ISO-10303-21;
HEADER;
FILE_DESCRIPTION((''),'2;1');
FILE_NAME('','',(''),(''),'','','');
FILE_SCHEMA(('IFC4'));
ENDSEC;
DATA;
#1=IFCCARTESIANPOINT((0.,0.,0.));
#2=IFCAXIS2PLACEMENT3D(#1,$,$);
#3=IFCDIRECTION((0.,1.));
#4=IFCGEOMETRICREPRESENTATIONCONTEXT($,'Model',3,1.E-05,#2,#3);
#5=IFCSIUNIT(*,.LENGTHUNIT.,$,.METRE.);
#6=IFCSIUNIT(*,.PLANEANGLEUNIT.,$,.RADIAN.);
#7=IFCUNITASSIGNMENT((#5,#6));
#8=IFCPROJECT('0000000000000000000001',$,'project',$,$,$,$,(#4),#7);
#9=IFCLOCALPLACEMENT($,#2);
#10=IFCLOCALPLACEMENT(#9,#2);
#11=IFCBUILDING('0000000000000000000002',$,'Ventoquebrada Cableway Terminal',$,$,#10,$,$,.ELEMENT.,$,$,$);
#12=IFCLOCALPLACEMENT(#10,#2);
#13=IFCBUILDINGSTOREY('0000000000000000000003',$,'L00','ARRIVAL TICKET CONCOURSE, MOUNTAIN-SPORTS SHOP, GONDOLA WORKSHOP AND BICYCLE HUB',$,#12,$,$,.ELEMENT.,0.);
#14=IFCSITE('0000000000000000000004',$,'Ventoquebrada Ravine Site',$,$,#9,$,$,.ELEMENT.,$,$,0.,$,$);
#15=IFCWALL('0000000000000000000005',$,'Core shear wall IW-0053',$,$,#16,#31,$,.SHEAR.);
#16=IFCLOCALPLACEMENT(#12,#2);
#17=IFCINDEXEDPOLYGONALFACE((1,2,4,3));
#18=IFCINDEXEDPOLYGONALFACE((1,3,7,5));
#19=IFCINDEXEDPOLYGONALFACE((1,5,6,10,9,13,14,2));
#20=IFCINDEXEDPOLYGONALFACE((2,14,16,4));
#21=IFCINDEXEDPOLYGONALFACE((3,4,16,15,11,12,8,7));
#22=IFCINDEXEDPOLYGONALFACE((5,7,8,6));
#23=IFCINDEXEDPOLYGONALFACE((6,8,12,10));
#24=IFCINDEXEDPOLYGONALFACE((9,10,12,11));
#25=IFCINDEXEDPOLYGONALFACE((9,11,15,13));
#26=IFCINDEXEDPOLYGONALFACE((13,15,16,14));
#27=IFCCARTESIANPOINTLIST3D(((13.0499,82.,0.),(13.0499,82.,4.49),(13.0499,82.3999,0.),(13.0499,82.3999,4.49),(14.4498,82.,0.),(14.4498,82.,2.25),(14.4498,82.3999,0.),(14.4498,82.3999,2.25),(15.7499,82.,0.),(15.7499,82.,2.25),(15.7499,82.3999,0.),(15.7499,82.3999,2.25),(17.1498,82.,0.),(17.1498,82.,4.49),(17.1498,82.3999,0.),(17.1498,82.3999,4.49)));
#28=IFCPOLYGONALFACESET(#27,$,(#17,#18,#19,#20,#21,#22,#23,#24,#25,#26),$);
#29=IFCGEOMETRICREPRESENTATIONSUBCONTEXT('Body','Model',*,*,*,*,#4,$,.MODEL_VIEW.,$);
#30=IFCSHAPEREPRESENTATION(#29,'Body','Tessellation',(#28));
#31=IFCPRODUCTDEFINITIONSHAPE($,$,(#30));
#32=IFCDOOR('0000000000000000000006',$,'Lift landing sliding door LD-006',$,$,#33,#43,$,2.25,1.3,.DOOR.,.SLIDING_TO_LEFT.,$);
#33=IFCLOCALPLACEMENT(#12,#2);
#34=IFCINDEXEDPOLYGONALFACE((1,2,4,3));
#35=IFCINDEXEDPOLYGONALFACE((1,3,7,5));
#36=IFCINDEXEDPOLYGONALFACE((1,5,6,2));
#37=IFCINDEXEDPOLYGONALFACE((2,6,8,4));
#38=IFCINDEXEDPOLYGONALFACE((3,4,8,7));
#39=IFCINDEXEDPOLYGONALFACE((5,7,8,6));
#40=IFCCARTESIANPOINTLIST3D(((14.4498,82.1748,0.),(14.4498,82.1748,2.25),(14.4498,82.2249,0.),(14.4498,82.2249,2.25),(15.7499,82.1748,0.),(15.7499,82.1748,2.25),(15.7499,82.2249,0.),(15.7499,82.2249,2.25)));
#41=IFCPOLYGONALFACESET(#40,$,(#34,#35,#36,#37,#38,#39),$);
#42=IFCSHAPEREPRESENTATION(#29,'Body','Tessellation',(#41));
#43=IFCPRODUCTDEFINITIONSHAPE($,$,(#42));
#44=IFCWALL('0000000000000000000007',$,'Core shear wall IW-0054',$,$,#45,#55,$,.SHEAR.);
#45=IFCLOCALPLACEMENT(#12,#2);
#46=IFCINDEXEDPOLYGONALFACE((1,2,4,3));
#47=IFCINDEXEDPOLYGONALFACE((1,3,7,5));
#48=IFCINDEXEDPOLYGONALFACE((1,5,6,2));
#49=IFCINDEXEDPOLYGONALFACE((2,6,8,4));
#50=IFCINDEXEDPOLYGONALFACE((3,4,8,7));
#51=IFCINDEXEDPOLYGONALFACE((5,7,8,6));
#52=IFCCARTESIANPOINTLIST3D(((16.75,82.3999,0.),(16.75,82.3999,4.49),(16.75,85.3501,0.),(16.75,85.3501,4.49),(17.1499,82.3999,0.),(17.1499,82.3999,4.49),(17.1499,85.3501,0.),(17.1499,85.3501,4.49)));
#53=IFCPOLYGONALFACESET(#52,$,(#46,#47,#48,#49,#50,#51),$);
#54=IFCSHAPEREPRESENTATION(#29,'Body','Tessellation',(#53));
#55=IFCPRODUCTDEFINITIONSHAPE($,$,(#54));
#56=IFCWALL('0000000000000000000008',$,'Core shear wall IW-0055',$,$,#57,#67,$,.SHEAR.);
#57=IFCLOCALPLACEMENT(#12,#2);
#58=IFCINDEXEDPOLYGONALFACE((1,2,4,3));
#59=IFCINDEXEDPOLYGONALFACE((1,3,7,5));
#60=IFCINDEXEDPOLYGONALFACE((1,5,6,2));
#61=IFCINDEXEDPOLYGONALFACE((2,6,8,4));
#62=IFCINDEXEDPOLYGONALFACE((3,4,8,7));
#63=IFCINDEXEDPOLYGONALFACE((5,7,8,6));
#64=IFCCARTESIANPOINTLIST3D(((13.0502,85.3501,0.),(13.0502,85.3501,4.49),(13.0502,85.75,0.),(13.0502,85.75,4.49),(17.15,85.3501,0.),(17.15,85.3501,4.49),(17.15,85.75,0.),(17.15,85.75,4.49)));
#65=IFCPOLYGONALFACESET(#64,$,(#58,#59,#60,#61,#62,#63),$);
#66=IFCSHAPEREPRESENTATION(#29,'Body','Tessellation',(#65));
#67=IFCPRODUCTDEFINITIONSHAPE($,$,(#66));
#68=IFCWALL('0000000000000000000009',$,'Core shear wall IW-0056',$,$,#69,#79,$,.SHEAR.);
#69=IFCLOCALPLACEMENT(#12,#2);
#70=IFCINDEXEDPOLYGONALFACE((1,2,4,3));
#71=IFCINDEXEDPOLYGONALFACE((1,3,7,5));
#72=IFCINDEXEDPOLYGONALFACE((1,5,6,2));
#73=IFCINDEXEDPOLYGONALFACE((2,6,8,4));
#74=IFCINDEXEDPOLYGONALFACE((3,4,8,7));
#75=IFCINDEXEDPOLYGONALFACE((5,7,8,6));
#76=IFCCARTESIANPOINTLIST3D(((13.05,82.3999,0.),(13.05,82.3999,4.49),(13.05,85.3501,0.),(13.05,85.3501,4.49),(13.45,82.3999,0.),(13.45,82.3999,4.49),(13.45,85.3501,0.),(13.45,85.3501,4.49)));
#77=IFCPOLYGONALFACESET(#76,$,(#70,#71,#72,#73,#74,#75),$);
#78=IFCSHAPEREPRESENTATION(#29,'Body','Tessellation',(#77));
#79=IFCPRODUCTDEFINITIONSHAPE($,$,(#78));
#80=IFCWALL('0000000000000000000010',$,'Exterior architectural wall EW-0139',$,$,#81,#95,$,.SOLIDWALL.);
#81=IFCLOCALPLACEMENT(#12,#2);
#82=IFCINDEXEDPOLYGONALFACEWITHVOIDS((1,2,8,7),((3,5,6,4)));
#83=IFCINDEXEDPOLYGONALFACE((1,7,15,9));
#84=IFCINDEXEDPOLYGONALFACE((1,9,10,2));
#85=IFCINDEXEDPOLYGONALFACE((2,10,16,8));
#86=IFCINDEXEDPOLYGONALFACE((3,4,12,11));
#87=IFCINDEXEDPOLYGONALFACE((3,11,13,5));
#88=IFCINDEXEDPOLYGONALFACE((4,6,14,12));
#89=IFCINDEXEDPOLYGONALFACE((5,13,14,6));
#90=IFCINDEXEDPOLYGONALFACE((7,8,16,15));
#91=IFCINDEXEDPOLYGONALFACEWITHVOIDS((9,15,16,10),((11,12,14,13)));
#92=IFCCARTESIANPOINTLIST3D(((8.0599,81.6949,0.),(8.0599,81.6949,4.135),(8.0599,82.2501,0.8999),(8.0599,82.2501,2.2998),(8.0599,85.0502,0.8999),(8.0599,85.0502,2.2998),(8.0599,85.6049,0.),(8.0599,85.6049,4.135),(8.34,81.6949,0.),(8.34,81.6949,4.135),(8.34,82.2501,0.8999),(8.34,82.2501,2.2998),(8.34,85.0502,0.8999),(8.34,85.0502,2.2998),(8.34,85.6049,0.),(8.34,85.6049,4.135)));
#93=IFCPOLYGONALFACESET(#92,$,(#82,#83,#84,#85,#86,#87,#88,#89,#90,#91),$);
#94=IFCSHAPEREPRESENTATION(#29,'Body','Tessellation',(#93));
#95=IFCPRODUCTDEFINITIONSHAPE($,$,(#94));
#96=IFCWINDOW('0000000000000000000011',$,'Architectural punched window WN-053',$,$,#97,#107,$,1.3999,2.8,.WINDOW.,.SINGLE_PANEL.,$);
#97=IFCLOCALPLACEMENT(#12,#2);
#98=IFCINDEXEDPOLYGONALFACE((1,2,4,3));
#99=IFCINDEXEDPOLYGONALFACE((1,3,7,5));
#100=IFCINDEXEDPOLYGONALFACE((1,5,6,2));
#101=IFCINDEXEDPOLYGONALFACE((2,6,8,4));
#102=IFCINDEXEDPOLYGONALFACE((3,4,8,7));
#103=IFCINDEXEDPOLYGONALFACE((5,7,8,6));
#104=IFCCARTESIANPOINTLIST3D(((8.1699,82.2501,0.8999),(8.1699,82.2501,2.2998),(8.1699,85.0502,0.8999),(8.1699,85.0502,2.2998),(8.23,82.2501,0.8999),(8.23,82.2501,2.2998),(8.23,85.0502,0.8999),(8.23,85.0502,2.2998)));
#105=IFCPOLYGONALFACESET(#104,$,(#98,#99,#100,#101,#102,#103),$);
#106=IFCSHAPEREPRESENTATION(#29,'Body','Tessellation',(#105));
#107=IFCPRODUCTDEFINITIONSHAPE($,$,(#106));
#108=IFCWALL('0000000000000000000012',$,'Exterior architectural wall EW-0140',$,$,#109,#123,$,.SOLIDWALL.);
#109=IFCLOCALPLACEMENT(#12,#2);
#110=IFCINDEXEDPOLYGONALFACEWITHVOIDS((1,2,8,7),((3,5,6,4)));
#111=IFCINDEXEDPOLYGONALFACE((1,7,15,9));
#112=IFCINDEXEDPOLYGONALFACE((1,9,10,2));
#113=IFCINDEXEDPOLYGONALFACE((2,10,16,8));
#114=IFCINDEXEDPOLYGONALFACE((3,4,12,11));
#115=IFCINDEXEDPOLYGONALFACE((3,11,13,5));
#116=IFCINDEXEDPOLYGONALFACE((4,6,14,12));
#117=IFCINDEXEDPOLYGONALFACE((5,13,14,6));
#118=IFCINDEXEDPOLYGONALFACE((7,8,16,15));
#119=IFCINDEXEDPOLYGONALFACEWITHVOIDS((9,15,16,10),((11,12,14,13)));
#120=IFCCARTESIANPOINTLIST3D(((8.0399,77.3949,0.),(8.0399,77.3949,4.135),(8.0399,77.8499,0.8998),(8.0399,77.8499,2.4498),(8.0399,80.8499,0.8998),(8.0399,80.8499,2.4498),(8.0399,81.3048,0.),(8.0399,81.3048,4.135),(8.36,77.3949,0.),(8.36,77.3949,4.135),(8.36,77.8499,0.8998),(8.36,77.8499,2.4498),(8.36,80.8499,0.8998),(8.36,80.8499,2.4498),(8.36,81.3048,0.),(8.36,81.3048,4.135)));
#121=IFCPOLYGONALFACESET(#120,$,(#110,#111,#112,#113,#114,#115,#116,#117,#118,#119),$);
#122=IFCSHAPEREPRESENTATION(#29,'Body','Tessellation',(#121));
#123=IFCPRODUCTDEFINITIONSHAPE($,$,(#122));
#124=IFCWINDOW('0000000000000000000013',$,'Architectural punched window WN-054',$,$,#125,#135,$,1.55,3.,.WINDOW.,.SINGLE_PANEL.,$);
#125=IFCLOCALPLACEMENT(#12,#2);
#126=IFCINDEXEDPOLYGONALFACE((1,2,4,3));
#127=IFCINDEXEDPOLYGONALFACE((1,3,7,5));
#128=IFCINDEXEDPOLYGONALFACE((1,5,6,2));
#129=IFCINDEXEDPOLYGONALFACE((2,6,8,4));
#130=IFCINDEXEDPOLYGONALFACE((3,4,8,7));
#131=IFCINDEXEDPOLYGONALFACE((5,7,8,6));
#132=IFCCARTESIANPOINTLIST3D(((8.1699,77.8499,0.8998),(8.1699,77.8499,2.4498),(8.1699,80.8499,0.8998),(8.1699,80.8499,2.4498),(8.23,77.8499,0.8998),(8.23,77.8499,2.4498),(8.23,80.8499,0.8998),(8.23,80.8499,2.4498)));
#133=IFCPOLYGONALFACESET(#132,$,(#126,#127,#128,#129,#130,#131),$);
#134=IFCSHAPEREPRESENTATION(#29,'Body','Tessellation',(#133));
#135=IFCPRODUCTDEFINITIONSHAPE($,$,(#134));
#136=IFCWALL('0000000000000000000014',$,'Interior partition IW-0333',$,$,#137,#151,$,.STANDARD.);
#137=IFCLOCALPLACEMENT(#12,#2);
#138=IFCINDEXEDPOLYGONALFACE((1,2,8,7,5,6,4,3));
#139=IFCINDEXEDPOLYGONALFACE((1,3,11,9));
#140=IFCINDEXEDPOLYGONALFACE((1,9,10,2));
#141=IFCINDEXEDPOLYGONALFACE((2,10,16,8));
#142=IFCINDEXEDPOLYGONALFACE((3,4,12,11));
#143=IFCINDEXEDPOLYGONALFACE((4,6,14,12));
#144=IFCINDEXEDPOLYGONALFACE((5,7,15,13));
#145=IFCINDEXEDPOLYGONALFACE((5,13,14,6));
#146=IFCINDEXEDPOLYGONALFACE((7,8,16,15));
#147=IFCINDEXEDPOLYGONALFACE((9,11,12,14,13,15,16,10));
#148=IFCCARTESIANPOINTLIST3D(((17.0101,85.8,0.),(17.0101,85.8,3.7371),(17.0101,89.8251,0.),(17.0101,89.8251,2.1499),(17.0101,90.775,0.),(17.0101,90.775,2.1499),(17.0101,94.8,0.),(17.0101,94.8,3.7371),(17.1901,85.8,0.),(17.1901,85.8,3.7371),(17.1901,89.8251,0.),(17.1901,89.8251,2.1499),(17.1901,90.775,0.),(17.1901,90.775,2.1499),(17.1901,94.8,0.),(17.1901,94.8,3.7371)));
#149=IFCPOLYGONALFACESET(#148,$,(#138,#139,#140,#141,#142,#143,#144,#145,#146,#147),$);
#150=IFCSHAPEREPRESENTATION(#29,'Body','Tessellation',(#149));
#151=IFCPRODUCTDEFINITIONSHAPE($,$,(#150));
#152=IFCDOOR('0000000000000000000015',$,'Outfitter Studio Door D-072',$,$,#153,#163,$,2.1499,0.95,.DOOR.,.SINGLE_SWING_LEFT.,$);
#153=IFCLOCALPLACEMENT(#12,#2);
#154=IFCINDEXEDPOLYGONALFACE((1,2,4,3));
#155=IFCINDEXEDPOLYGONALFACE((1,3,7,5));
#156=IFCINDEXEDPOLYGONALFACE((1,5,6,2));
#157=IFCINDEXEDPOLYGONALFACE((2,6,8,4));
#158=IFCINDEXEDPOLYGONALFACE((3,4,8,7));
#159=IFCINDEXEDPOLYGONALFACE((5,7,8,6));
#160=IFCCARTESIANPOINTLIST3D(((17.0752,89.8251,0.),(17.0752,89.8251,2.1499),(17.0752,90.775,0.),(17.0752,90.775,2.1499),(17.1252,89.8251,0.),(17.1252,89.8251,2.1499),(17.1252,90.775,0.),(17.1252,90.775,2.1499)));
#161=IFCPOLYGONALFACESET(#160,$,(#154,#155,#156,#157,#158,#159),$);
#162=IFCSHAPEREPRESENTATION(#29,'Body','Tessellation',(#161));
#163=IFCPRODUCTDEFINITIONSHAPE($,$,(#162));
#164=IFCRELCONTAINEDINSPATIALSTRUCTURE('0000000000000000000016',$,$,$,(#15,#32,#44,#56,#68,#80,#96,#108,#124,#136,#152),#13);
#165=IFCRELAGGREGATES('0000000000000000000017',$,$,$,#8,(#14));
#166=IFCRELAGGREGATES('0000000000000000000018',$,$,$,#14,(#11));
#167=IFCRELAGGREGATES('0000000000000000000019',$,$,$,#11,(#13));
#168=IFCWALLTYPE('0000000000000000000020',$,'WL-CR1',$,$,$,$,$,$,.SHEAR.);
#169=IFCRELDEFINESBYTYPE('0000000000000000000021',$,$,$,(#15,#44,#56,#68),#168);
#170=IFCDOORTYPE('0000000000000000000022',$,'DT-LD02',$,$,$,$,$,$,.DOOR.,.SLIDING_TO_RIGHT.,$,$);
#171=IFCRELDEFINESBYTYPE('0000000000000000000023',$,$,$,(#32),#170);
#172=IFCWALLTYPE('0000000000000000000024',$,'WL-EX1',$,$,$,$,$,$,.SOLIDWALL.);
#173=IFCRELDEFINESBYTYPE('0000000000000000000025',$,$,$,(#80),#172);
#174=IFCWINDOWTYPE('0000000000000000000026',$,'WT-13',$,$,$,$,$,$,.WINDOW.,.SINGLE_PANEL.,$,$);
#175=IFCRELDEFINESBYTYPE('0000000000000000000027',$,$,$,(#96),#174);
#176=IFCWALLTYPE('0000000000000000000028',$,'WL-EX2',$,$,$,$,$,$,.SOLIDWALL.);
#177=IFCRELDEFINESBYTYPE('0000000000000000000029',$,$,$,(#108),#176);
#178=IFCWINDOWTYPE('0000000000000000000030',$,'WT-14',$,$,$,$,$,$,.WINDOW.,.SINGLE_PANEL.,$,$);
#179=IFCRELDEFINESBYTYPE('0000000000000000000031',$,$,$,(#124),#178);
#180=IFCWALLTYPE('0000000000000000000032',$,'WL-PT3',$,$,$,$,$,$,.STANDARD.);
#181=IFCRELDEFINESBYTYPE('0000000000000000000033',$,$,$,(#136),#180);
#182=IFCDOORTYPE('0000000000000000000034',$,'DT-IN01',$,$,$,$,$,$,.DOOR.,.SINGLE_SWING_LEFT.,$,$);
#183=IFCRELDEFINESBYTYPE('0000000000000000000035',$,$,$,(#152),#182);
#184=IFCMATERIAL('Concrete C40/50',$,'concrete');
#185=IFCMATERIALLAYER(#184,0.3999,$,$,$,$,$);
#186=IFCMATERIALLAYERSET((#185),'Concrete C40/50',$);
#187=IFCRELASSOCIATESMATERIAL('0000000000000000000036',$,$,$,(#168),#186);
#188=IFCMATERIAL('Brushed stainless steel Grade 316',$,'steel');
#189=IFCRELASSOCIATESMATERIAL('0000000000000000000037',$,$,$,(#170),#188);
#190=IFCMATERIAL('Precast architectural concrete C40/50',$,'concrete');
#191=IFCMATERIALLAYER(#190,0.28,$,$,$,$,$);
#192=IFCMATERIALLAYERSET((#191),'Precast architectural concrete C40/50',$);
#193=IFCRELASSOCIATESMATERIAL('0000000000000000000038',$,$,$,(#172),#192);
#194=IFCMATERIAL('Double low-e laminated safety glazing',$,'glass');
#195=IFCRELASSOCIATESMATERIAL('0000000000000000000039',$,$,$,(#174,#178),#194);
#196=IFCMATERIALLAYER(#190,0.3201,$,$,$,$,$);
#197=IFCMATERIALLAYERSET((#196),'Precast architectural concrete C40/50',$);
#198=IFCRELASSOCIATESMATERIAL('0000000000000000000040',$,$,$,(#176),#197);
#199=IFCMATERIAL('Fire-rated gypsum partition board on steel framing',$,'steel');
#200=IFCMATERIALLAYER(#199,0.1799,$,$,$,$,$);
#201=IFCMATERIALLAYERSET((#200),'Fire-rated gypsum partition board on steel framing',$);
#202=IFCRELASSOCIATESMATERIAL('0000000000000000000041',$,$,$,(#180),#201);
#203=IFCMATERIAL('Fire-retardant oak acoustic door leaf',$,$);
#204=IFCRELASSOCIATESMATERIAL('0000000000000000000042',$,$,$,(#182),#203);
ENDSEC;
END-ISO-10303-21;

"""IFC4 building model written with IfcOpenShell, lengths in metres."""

from ifc_helpers import new_model, si_unit, direction, frame, frame_2d, origin, place, context, subcontext, project, spatial, rectangle, extrude, material, layer, layer_set, type_object, element, fill, save


model = new_model("IFC4")

# Units and contexts
model_context = context("Model", 3, precision=1e-05, world=origin(), true_north=direction((0.0, 1.0)))
body_context = subcontext(model_context, "Body", "Model", "MODEL_VIEW")
ifc_project = project(units=[si_unit("LENGTHUNIT", "METRE"), si_unit("PLANEANGLEUNIT", "RADIAN")], contexts=[model_context])

# Site, building, storey
site_placement = place(None, origin())
site = spatial("IfcSite", under=ifc_project, at=site_placement, Name="Ventoquebrada Ravine Site", CompositionType="ELEMENT", RefElevation=0.0)
building_placement = place(site_placement, origin())
building = spatial("IfcBuilding", under=site, at=building_placement, Name="Ventoquebrada Cableway Terminal", CompositionType="ELEMENT")
storey_placement = place(building_placement, origin())
storey = spatial("IfcBuildingStorey", under=building, at=storey_placement, Name="L00", Description="ARRIVAL TICKET CONCOURSE, MOUNTAIN-SPORTS SHOP, GONDOLA WORKSHOP AND BICYCLE HUB", CompositionType="ELEMENT", Elevation=0.0)

# Shared definitions
ifc_material_1 = material(Name="Concrete C40/50", Category="concrete")

# Shared definitions
ifc_layer_1 = layer(ifc_material_1, 0.3999)
ifc_layer_set_1 = layer_set([ifc_layer_1], Name="Concrete C40/50")
wall_type_1 = type_object("IfcWallType", Name="WL-CR1", PredefinedType="SHEAR", material=ifc_layer_set_1)

# Wall, opening, door
wall_1_placement = place(storey_placement, frame((13.05, 82.2, 0.0), z_axis=(0.0, 0.0, 1.0), x_axis=(1.0, 0.0, 0.0)))
wall_1 = element("IfcWall", 1, at=wall_1_placement, inside=storey, type_object=wall_type_1, Name="Core shear wall IW-0053", PredefinedType="SHEAR", context=body_context, shape_type="SweptSolid", body=[
    extrude(rectangle(XDim=4.0999, YDim=0.3999, at=frame_2d((2.0498, 0.0))), origin(), (0.0, 0.0, 1.0), 4.49),
])
opening_1_placement = place(wall_1_placement, frame((1.3999, 0.0, 0.0)))
opening_1 = element("IfcOpeningElement", 2, at=opening_1_placement, cuts=wall_1, PredefinedType="OPENING", context=body_context, shape_type="SweptSolid", body=[
    extrude(rectangle(XDim=1.3, YDim=2.25, at=frame_2d((0.6499, 1.125))), frame((0.0, 0.21, 0.0), z_axis=(0.0, -1.0, 0.0), x_axis=(1.0, 0.0, 0.0)), (0.0, 0.0, 1.0), 0.4199),
])
ifc_material_2 = material(Name="Brushed stainless steel Grade 316", Category="steel")
door_type_1 = type_object("IfcDoorType", Name="DT-LD02", OperationType="SLIDING_TO_RIGHT", PredefinedType="DOOR", material=ifc_material_2)
door_1_placement = place(opening_1_placement, origin())
door_1 = element("IfcDoor", 3, at=door_1_placement, inside=storey, type_object=door_type_1, Name="Lift landing sliding door LD-006", OperationType="SLIDING_TO_LEFT", OverallHeight=2.25, OverallWidth=1.3, PredefinedType="DOOR", context=body_context, shape_type="SweptSolid", body=[
    extrude(rectangle(XDim=1.3, YDim=2.25, at=frame_2d((0.6499, 1.125))), frame((0.0, 0.0249, 0.0), z_axis=(0.0, -1.0, 0.0), x_axis=(1.0, 0.0, 0.0)), (0.0, 0.0, 1.0), 0.05),
])
fill(opening_1, door_1)

# Walls
wall_2_placement = place(storey_placement, frame((16.95, 82.3999, 0.0), z_axis=(0.0, 0.0, 1.0), x_axis=(0.0, 1.0, 0.0)))
element("IfcWall", 4, at=wall_2_placement, inside=storey, type_object=wall_type_1, Name="Core shear wall IW-0054", PredefinedType="SHEAR", context=body_context, shape_type="SweptSolid", body=[
    extrude(rectangle(XDim=2.9502, YDim=0.3999, at=frame_2d((1.4751, 0.0))), origin(), (0.0, 0.0, 1.0), 4.49),
])
wall_3_placement = place(storey_placement, frame((17.1499, 85.55, 0.0), z_axis=(0.0, 0.0, 1.0), x_axis=(-1.0, 0.0, 0.0)))
element("IfcWall", 5, at=wall_3_placement, inside=storey, type_object=wall_type_1, Name="Core shear wall IW-0055", PredefinedType="SHEAR", context=body_context, shape_type="SweptSolid", body=[
    extrude(rectangle(XDim=4.0999, YDim=0.3999, at=frame_2d((2.0498, 0.0))), origin(), (0.0, 0.0, 1.0), 4.49),
])
wall_4_placement = place(storey_placement, frame((13.25, 85.3501, 0.0), z_axis=(0.0, 0.0, 1.0), x_axis=(0.0, -1.0, 0.0)))
element("IfcWall", 6, at=wall_4_placement, inside=storey, type_object=wall_type_1, Name="Core shear wall IW-0056", PredefinedType="SHEAR", context=body_context, shape_type="SweptSolid", body=[
    extrude(rectangle(XDim=2.9502, YDim=0.3999, at=frame_2d((1.4751, 0.0))), origin(), (0.0, 0.0, 1.0), 4.49),
])

# Walls, openings, windows
ifc_material_3 = material(Name="Precast architectural concrete C40/50", Category="concrete")
ifc_layer_2 = layer(ifc_material_3, 0.28)
ifc_layer_set_2 = layer_set([ifc_layer_2], Name="Precast architectural concrete C40/50")
wall_type_2 = type_object("IfcWallType", Name="WL-EX1", PredefinedType="SOLIDWALL", material=ifc_layer_set_2)
wall_5_placement = place(storey_placement, frame((8.2, 85.605, 0.0), z_axis=(0.0, 0.0, 1.0), x_axis=(0.0, -1.0, 0.0)))
wall_5 = element("IfcWall", 7, at=wall_5_placement, inside=storey, type_object=wall_type_2, Name="Exterior architectural wall EW-0139", PredefinedType="SOLIDWALL", context=body_context, shape_type="SweptSolid", body=[
    extrude(rectangle(XDim=3.9099, YDim=0.28, at=frame_2d((1.9551, 0.0))), origin(), (0.0, 0.0, 1.0), 4.135),
])
opening_2_placement = place(wall_5_placement, frame((0.5549, 0.0, 0.8999)))
opening_2 = element("IfcOpeningElement", 8, at=opening_2_placement, cuts=wall_5, PredefinedType="OPENING", context=body_context, shape_type="SweptSolid", body=[
    extrude(rectangle(XDim=2.8, YDim=1.3999, at=frame_2d((1.3999, 0.7))), frame((0.0, 0.1499, 0.0), z_axis=(0.0, -1.0, 0.0), x_axis=(1.0, 0.0, 0.0)), (0.0, 0.0, 1.0), 0.3),
])
ifc_material_4 = material(Name="Double low-e laminated safety glazing", Category="glass")
window_type_1 = type_object("IfcWindowType", Name="WT-13", PartitioningType="SINGLE_PANEL", PredefinedType="WINDOW", material=ifc_material_4)
window_1_placement = place(opening_2_placement, origin())
window_1 = element("IfcWindow", 9, at=window_1_placement, inside=storey, type_object=window_type_1, Name="Architectural punched window WN-053", OverallHeight=1.3999, OverallWidth=2.8, PartitioningType="SINGLE_PANEL", PredefinedType="WINDOW", context=body_context, shape_type="SweptSolid", body=[
    extrude(rectangle(XDim=2.8, YDim=1.3999, at=frame_2d((1.3999, 0.7))), frame((0.0, 0.03, 0.0), z_axis=(0.0, -1.0, 0.0), x_axis=(1.0, 0.0, 0.0)), (0.0, 0.0, 1.0), 0.0601),
])
fill(opening_2, window_1)
ifc_layer_3 = layer(ifc_material_3, 0.3201)
ifc_layer_set_3 = layer_set([ifc_layer_3], Name="Precast architectural concrete C40/50")
wall_type_3 = type_object("IfcWallType", Name="WL-EX2", PredefinedType="SOLIDWALL", material=ifc_layer_set_3)
wall_6_placement = place(storey_placement, frame((8.2, 81.3049, 0.0), z_axis=(0.0, 0.0, 1.0), x_axis=(0.0, -1.0, 0.0)))
wall_6 = element("IfcWall", 10, at=wall_6_placement, inside=storey, type_object=wall_type_3, Name="Exterior architectural wall EW-0140", PredefinedType="SOLIDWALL", context=body_context, shape_type="SweptSolid", body=[
    extrude(rectangle(XDim=3.9099, YDim=0.3201, at=frame_2d((1.9551, 0.0))), origin(), (0.0, 0.0, 1.0), 4.135),
])
opening_3_placement = place(wall_6_placement, frame((0.4551, 0.0, 0.8999)))
opening_3 = element("IfcOpeningElement", 11, at=opening_3_placement, cuts=wall_6, PredefinedType="OPENING", context=body_context, shape_type="SweptSolid", body=[
    extrude(rectangle(XDim=3.0, YDim=1.55, at=frame_2d((1.5, 0.7749))), frame((0.0, 0.1699, 0.0), z_axis=(0.0, -1.0, 0.0), x_axis=(1.0, 0.0, 0.0)), (0.0, 0.0, 1.0), 0.3401),
])
window_type_2 = type_object("IfcWindowType", Name="WT-14", PartitioningType="SINGLE_PANEL", PredefinedType="WINDOW", material=ifc_material_4)
window_2_placement = place(opening_3_placement, origin())
window_2 = element("IfcWindow", 12, at=window_2_placement, inside=storey, type_object=window_type_2, Name="Architectural punched window WN-054", OverallHeight=1.55, OverallWidth=3.0, PartitioningType="SINGLE_PANEL", PredefinedType="WINDOW", context=body_context, shape_type="SweptSolid", body=[
    extrude(rectangle(XDim=3.0, YDim=1.55, at=frame_2d((1.5, 0.7749))), frame((0.0, 0.03, 0.0), z_axis=(0.0, -1.0, 0.0), x_axis=(1.0, 0.0, 0.0)), (0.0, 0.0, 1.0), 0.0601),
])
fill(opening_3, window_2)

# Wall, opening, door
ifc_material_5 = material(Name="Fire-rated gypsum partition board on steel framing", Category="steel")
ifc_layer_4 = layer(ifc_material_5, 0.1799)
ifc_layer_set_4 = layer_set([ifc_layer_4], Name="Fire-rated gypsum partition board on steel framing")
wall_type_4 = type_object("IfcWallType", Name="WL-PT3", PredefinedType="STANDARD", material=ifc_layer_set_4)
wall_7_placement = place(storey_placement, frame((17.1001, 85.8, 0.0), z_axis=(0.0, 0.0, 1.0), x_axis=(0.0, 1.0, 0.0)))
wall_7 = element("IfcWall", 13, at=wall_7_placement, inside=storey, type_object=wall_type_4, Name="Interior partition IW-0333", PredefinedType="STANDARD", context=body_context, shape_type="SweptSolid", body=[
    extrude(rectangle(XDim=9.0, YDim=0.1799, at=frame_2d((4.5, 0.0))), origin(), (0.0, 0.0, 1.0), 3.7371),
])
opening_4_placement = place(wall_7_placement, frame((4.0249, 0.0, 0.0)))
opening_4 = element("IfcOpeningElement", 14, at=opening_4_placement, cuts=wall_7, PredefinedType="OPENING", context=body_context, shape_type="SweptSolid", body=[
    extrude(rectangle(XDim=0.95, YDim=2.1499, at=frame_2d((0.4751, 1.075))), frame((0.0, 0.0999, 0.0), z_axis=(0.0, -1.0, 0.0), x_axis=(1.0, 0.0, 0.0)), (0.0, 0.0, 1.0), 0.2),
])
ifc_material_6 = material(Name="Fire-retardant oak acoustic door leaf")
door_type_2 = type_object("IfcDoorType", Name="DT-IN01", OperationType="SINGLE_SWING_LEFT", PredefinedType="DOOR", material=ifc_material_6)
door_2_placement = place(opening_4_placement, origin())
door_2 = element("IfcDoor", 15, at=door_2_placement, inside=storey, type_object=door_type_2, Name="Outfitter Studio Door D-072", OperationType="SINGLE_SWING_LEFT", OverallHeight=2.1499, OverallWidth=0.95, PredefinedType="DOOR", context=body_context, shape_type="SweptSolid", body=[
    extrude(rectangle(XDim=0.95, YDim=2.1499, at=frame_2d((0.4751, 1.075))), frame((0.0, 0.0249, 0.0), z_axis=(0.0, -1.0, 0.0), x_axis=(1.0, 0.0, 0.0)), (0.0, 0.0, 1.0), 0.05),
])
fill(opening_4, door_2)

save(model, "model.ifc")
